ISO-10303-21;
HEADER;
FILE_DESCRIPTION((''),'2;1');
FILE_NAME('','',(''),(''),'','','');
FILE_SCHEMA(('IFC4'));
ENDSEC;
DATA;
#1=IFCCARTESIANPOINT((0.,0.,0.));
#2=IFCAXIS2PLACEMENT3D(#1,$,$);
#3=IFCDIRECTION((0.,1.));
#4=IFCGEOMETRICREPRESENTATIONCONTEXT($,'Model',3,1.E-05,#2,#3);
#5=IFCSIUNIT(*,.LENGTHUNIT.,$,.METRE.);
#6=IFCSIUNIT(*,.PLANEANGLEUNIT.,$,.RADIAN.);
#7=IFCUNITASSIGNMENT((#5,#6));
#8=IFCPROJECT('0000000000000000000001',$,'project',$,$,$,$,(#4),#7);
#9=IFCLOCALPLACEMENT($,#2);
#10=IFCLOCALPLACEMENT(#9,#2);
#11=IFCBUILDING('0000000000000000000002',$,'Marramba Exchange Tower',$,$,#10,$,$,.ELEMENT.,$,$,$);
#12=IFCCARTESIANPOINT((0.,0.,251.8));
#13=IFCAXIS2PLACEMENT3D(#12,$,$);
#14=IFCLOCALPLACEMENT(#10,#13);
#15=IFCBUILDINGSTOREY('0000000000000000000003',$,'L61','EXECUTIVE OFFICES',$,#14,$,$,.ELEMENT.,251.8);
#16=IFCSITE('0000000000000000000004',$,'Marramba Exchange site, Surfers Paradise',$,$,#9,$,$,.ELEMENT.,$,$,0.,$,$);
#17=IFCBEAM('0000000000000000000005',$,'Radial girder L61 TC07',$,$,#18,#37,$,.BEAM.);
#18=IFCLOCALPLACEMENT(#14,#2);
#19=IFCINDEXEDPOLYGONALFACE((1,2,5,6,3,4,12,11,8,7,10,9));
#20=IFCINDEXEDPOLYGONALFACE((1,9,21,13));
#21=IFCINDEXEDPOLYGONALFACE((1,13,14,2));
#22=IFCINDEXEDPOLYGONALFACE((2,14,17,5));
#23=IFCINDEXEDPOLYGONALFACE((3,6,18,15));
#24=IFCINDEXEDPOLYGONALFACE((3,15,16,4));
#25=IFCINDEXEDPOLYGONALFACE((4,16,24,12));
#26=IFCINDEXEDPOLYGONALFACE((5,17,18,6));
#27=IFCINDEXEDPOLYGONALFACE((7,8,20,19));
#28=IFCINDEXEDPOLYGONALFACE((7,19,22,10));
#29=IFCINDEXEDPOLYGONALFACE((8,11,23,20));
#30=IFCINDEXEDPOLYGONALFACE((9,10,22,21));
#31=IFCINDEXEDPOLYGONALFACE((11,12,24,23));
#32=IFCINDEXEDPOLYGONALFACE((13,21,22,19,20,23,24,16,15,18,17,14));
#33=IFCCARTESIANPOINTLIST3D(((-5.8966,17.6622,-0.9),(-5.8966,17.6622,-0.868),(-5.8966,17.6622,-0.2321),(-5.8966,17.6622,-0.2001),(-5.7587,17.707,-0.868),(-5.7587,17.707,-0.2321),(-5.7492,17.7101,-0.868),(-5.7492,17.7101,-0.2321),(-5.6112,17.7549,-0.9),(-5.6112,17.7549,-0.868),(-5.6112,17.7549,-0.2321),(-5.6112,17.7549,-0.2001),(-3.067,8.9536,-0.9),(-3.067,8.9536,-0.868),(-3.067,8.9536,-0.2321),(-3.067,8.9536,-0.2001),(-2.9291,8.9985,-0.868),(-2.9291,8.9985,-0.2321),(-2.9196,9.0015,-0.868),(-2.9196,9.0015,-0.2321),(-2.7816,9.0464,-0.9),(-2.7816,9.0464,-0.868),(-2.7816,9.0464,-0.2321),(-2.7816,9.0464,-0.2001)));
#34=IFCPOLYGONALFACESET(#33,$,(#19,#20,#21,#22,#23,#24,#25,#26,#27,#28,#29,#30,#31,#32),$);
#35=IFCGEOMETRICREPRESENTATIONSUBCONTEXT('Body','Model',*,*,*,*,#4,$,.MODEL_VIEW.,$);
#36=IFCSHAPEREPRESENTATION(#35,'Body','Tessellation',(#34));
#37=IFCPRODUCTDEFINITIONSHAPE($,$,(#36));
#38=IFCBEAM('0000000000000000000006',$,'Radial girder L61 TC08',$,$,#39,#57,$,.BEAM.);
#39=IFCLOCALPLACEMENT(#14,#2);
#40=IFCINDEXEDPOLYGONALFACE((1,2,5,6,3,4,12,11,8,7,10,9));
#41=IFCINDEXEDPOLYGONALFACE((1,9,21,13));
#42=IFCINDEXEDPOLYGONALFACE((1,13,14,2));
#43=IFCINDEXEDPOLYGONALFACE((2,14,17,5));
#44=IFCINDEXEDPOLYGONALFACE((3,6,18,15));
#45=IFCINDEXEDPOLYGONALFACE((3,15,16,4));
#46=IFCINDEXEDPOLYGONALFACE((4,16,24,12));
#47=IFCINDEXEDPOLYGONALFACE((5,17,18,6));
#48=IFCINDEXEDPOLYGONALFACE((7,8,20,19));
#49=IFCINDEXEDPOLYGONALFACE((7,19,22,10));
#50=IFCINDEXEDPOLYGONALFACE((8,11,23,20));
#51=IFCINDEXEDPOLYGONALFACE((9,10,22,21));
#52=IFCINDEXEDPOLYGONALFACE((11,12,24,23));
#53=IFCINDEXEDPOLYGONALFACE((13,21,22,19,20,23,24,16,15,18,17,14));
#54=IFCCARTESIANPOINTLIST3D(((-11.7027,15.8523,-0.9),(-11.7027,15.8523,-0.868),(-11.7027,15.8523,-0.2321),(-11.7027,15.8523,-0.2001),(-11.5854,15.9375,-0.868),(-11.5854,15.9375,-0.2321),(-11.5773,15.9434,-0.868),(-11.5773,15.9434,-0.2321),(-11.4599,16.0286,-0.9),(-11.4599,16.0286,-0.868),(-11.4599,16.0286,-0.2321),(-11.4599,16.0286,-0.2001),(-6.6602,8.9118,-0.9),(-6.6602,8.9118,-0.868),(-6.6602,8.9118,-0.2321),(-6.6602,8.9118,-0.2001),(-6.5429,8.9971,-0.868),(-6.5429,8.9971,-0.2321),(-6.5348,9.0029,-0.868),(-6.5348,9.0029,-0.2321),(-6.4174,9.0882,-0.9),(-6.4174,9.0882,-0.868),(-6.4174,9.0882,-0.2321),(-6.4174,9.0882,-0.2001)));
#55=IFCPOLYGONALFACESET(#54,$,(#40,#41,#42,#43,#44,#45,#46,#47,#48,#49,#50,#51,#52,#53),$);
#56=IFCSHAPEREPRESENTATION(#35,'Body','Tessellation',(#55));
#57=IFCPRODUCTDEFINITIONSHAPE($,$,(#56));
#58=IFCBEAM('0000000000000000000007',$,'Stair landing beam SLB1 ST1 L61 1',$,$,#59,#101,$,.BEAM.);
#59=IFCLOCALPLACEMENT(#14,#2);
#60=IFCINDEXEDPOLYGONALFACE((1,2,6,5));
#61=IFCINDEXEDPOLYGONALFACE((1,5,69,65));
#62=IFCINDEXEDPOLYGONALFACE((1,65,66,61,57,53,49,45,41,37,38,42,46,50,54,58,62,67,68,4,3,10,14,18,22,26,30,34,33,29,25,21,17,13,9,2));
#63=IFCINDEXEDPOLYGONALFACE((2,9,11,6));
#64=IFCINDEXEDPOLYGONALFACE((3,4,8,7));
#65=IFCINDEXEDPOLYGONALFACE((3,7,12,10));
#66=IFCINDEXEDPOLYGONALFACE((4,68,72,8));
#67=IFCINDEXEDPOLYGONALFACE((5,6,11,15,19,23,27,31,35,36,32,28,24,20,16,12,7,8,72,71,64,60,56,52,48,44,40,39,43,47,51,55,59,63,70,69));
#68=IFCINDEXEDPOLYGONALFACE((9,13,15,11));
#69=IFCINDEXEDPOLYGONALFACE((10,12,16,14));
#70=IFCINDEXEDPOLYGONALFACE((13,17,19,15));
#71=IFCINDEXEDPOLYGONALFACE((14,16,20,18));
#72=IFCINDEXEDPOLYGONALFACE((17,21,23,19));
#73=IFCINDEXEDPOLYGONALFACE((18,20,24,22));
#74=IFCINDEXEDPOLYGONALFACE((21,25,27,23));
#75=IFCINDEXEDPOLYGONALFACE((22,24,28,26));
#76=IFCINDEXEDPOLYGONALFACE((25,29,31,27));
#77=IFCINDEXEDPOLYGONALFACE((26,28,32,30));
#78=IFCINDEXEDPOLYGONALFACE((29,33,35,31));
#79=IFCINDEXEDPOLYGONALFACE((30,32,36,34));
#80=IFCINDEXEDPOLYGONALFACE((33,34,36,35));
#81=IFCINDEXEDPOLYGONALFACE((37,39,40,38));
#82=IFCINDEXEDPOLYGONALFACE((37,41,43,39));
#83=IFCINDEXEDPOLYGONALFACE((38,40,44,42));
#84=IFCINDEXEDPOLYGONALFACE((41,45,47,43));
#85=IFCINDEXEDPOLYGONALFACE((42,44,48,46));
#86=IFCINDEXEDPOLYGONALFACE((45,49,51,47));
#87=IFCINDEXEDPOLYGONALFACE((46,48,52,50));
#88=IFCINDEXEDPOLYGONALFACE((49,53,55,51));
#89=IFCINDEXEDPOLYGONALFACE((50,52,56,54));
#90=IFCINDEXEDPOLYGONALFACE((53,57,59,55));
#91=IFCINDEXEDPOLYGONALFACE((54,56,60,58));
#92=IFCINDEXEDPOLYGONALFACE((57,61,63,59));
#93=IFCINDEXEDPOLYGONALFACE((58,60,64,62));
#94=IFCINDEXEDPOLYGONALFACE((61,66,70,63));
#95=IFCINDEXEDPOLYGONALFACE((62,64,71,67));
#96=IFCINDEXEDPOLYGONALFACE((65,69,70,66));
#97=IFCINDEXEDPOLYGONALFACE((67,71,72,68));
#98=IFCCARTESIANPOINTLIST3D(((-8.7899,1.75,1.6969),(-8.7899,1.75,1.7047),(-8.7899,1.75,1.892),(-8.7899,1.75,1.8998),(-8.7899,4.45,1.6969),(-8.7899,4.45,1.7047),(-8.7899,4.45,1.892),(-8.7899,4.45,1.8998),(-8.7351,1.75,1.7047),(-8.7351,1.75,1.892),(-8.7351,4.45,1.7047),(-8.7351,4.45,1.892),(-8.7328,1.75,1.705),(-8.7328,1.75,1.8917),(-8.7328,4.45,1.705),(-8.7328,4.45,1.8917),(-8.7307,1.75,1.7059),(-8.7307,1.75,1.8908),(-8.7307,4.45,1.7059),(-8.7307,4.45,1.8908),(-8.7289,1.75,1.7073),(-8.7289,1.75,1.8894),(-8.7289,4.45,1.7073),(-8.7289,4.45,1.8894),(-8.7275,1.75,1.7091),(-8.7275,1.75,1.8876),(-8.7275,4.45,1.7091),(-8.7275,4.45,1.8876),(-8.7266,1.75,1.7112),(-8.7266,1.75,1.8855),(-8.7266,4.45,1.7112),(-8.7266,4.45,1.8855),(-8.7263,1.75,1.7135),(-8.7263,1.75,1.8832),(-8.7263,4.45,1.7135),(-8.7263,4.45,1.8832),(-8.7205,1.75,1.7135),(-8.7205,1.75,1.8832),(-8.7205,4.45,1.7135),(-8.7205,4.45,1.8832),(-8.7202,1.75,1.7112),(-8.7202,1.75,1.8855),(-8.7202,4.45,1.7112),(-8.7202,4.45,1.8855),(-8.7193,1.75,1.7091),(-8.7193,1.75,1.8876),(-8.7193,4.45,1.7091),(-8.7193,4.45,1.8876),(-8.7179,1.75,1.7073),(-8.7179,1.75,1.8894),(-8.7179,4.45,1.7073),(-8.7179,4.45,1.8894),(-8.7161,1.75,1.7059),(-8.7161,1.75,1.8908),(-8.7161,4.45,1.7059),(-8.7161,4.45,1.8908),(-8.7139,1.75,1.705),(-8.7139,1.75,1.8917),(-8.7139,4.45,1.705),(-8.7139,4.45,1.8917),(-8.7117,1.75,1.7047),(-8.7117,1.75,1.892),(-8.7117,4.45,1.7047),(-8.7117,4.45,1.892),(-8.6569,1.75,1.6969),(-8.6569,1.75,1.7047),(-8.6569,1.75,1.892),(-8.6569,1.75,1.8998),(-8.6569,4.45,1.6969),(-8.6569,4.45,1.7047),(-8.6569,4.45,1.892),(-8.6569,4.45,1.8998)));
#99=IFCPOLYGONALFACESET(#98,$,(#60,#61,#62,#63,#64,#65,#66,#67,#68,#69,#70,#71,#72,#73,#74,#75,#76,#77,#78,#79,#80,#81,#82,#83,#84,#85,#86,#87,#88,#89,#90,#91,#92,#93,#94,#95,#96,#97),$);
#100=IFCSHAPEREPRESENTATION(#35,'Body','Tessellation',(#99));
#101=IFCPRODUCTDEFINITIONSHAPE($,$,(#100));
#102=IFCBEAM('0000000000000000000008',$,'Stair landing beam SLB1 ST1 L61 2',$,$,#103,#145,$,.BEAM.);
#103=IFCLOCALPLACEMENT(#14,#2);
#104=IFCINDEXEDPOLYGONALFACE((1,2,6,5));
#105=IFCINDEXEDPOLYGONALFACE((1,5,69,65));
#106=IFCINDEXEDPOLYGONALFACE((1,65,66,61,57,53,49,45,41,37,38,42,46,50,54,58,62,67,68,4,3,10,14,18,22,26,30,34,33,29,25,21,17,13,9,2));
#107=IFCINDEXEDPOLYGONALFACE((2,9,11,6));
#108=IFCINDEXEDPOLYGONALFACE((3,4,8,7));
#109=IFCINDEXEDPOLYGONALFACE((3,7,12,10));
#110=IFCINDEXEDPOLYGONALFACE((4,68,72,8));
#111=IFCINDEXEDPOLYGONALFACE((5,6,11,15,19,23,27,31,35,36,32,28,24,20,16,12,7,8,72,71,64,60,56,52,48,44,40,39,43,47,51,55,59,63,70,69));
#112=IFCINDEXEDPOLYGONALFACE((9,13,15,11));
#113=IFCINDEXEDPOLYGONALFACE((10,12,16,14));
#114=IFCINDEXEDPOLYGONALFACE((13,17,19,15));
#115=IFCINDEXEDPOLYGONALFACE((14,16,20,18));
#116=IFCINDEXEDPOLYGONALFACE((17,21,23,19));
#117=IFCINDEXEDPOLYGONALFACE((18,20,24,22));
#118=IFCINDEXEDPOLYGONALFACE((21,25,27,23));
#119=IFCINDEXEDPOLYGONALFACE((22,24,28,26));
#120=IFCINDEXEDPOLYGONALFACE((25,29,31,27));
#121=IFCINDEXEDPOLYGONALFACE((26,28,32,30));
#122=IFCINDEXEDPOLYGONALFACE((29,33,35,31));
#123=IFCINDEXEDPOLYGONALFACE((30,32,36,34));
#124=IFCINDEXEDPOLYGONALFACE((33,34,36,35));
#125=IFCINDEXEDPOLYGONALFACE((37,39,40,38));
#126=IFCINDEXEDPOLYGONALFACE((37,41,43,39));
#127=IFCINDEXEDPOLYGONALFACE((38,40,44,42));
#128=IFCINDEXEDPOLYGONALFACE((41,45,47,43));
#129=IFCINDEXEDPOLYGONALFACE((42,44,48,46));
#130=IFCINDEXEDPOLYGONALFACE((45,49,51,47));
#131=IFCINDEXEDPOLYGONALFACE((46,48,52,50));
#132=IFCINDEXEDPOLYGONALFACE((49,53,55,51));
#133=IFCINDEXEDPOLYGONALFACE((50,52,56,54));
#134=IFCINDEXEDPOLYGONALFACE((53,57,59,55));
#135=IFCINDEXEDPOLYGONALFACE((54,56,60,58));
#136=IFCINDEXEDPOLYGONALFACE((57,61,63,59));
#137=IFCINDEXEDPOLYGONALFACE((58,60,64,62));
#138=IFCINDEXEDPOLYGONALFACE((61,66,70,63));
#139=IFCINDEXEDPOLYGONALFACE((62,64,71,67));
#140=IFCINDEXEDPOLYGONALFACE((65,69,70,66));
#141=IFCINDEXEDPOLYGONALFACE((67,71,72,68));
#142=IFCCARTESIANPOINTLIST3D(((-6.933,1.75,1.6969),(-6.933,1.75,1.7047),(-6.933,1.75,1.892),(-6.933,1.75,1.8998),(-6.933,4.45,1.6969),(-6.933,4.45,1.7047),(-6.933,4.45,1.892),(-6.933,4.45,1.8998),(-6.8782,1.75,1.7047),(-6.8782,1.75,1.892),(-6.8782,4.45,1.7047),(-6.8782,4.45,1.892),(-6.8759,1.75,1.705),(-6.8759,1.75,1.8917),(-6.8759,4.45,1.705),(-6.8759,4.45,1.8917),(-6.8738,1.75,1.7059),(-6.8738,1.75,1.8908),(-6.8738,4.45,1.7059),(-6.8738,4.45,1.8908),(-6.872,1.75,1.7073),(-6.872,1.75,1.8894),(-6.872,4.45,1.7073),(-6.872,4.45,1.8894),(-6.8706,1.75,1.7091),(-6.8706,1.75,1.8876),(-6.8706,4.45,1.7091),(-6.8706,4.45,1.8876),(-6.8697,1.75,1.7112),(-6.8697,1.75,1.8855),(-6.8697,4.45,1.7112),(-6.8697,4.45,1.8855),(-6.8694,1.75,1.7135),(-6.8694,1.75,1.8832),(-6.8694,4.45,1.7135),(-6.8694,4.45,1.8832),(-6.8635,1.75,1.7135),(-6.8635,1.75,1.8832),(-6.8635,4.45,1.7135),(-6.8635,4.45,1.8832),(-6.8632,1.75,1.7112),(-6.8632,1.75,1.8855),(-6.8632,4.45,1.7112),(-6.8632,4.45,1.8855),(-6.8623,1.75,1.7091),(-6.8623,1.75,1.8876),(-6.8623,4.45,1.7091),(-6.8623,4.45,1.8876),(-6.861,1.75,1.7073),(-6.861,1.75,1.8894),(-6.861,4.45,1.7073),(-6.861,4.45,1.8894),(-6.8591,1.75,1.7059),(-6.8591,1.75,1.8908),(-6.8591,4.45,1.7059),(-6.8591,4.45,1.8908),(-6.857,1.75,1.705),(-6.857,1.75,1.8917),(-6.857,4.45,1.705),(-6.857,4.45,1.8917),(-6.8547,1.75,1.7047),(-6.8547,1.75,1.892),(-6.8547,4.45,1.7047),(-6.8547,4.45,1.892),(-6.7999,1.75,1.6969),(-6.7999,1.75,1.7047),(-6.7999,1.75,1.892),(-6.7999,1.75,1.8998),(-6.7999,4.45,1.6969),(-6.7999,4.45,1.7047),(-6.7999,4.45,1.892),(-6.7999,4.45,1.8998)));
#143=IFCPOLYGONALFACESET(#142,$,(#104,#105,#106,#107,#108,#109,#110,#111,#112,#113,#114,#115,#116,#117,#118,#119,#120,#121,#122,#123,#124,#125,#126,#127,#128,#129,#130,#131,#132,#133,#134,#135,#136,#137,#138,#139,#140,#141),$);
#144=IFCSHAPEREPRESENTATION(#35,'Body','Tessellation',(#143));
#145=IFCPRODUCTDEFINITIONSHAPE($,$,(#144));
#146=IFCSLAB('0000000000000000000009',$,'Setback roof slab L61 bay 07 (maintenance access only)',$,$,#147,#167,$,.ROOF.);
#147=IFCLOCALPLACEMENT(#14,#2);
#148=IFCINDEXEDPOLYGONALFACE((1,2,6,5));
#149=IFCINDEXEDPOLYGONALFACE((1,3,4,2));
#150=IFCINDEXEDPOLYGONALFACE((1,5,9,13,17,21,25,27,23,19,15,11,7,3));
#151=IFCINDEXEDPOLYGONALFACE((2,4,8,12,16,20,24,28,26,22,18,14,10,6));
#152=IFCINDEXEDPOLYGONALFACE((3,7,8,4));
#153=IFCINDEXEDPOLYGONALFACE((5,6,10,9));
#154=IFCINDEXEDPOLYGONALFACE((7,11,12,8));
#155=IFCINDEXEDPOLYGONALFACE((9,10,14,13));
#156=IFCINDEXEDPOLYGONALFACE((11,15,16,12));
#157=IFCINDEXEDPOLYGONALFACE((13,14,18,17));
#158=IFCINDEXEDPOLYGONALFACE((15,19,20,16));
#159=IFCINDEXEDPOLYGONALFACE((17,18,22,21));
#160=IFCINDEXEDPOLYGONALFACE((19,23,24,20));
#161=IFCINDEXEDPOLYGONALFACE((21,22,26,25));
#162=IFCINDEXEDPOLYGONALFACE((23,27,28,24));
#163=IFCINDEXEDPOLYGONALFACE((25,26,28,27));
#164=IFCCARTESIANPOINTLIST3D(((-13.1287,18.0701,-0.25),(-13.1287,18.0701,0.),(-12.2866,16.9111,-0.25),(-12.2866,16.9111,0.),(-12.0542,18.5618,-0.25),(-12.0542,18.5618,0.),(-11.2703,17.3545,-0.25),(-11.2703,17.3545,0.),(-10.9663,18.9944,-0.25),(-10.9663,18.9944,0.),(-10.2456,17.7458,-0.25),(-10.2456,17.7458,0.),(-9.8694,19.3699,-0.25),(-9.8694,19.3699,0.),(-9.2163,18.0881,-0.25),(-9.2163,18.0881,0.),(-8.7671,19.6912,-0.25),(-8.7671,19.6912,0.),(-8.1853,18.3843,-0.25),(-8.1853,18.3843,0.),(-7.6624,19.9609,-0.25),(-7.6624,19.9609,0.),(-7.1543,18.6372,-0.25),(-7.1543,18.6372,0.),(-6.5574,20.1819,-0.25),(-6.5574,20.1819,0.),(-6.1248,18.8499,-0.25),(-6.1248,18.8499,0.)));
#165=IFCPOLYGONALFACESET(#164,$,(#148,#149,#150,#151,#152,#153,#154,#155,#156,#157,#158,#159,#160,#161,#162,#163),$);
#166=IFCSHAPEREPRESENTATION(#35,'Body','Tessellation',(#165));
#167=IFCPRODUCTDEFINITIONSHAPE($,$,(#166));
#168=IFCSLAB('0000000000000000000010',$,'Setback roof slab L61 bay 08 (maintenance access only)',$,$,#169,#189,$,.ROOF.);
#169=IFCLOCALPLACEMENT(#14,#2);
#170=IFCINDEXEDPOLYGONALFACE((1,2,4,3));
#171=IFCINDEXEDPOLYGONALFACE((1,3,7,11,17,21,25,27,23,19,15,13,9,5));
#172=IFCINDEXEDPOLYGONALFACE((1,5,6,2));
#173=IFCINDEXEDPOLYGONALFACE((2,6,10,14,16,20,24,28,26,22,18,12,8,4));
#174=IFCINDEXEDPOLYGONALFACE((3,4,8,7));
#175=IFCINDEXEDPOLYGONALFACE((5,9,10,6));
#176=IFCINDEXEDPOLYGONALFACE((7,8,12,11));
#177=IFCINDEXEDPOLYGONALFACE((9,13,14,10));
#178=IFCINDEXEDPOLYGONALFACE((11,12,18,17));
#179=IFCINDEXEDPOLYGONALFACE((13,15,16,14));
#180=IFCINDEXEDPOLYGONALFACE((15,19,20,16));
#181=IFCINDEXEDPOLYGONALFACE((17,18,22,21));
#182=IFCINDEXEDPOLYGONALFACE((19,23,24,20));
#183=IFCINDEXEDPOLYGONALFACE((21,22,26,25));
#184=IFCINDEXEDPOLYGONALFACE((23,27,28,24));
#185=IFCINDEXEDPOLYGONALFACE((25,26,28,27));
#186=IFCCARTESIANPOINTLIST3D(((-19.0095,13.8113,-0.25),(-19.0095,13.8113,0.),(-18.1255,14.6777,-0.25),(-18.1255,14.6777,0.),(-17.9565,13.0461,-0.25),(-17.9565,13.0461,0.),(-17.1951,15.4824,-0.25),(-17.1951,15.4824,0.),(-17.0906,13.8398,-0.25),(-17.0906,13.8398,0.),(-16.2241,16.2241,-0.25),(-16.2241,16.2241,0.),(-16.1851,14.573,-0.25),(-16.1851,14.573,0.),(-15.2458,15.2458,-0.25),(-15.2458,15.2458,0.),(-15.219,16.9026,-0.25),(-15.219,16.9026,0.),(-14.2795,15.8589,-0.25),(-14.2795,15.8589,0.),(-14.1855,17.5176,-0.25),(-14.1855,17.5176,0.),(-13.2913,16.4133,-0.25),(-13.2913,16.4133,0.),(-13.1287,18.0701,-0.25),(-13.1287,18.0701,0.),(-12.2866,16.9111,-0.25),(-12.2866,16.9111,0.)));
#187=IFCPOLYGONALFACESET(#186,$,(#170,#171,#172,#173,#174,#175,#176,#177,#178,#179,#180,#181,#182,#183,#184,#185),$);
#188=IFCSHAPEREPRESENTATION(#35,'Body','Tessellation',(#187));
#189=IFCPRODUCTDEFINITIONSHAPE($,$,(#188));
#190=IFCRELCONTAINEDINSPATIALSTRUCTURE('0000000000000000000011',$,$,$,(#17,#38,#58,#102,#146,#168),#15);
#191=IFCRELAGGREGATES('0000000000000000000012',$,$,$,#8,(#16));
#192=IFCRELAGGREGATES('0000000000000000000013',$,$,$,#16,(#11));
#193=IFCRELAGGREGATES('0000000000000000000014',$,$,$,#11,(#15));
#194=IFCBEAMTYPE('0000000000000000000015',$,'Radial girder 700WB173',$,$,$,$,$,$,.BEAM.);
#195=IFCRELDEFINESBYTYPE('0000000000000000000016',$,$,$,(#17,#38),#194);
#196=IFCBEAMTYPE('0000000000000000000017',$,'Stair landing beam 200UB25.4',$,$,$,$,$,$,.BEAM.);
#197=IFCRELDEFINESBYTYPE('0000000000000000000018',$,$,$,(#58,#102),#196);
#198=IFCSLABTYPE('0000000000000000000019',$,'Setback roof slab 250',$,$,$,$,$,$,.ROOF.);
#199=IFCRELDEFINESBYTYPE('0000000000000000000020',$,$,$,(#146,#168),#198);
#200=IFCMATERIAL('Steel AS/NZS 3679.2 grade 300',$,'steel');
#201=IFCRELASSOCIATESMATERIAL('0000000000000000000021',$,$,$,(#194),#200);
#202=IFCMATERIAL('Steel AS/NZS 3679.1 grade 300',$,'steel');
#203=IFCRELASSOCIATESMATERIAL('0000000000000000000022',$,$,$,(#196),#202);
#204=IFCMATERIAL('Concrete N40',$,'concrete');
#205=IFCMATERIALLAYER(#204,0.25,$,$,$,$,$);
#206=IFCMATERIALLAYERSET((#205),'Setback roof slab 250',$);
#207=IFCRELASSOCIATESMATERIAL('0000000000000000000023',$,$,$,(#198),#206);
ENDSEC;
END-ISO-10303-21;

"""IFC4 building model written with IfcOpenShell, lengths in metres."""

from ifc_helpers import new_model, si_unit, direction, frame, origin, origin_2d, place, context, subcontext, project, spatial, polyline, i_section, outline, extrude, material, layer, layer_set, material_profile, profile_set, type_object, element, save


model = new_model("IFC4")

# Units and contexts
model_context = context("Model", 3, precision=1e-05, world=origin(), true_north=direction((0.0, 1.0)))
body_context = subcontext(model_context, "Body", "Model", "MODEL_VIEW")
ifc_project = project(units=[si_unit("LENGTHUNIT", "METRE"), si_unit("PLANEANGLEUNIT", "RADIAN")], contexts=[model_context])

# Site, building, storey
site_placement = place(None, origin())
site = spatial("IfcSite", under=ifc_project, at=site_placement, Name="Marramba Exchange site, Surfers Paradise", CompositionType="ELEMENT", RefElevation=0.0)
building_placement = place(site_placement, origin())
building = spatial("IfcBuilding", under=site, at=building_placement, Name="Marramba Exchange Tower", CompositionType="ELEMENT")
storey_placement = place(building_placement, frame((0.0, 0.0, 251.8)))
storey = spatial("IfcBuildingStorey", under=building, at=storey_placement, Name="L61", Description="EXECUTIVE OFFICES", CompositionType="ELEMENT", Elevation=251.8)

# Beams
ifc_material_1 = material(Name="Steel AS/NZS 3679.2 grade 300", Category="steel")
ifc_material_profile_1 = material_profile(ifc_material_1, i_section(OverallWidth=0.3, OverallDepth=0.7, WebThickness=0.01, FlangeThickness=0.032, at=origin_2d()), Name="700WB173")
ifc_profile_set_1 = profile_set([ifc_material_profile_1], Name="Steel AS/NZS 3679.2 grade 300")
beam_type_1 = type_object("IfcBeamType", Name="Radial girder 700WB173", PredefinedType="BEAM", material=ifc_profile_set_1)
beam_1_placement = place(storey_placement, frame((-2.9243, 9.0, -0.55), z_axis=(-0.30902, 0.951056, 0.0), x_axis=(-0.951056, -0.30902, 0.0)))
element("IfcBeam", 1, at=beam_1_placement, inside=storey, type_object=beam_type_1, Name="Radial girder L61 TC07", PredefinedType="BEAM", context=body_context, shape_type="SweptSolid", body=[
    extrude(i_section(OverallWidth=0.3, OverallDepth=0.7, WebThickness=0.01, FlangeThickness=0.032, at=origin_2d()), origin(), (0.0, 0.0, 1.0), 9.1567),
])
beam_2_placement = place(storey_placement, frame((-6.5388, 9.0, -0.55), z_axis=(-0.587782, 0.809019, 0.0), x_axis=(-0.809019, -0.587782, 0.0)))
element("IfcBeam", 2, at=beam_2_placement, inside=storey, type_object=beam_type_1, Name="Radial girder L61 TC08", PredefinedType="BEAM", context=body_context, shape_type="SweptSolid", body=[
    extrude(i_section(OverallWidth=0.3, OverallDepth=0.7, WebThickness=0.01, FlangeThickness=0.032, at=origin_2d()), origin(), (0.0, 0.0, 1.0), 8.5789),
])
ifc_material_2 = material(Name="Steel AS/NZS 3679.1 grade 300", Category="steel")
ifc_material_profile_2 = material_profile(ifc_material_2, i_section(OverallWidth=0.1331, OverallDepth=0.2029, WebThickness=0.0059, FlangeThickness=0.0078, FilletRadius=0.0088, at=origin_2d()), Name="200UB25.4")
ifc_profile_set_2 = profile_set([ifc_material_profile_2], Name="Steel AS/NZS 3679.1 grade 300")
beam_type_2 = type_object("IfcBeamType", Name="Stair landing beam 200UB25.4", PredefinedType="BEAM", material=ifc_profile_set_2)
for number, where, z_axis, x_axis, name in (
    (3, (-8.7234, 1.75, 1.7983), (0.0, 1.0, 0.0), (-1.0, 0.0, 0.0), "Stair landing beam SLB1 ST1 L61 1"),
    (4, (-6.8665, 1.75, 1.7983), (0.0, 1.0, 0.0), (-1.0, 0.0, 0.0), "Stair landing beam SLB1 ST1 L61 2"),
):
    element("IfcBeam", number, at=place(storey_placement, frame(where, z_axis=z_axis, x_axis=x_axis)), inside=storey, type_object=beam_type_2, Name=name, PredefinedType="BEAM", context=body_context, shape_type="SweptSolid", body=[
        extrude(i_section(OverallWidth=0.1331, OverallDepth=0.2029, WebThickness=0.0059, FlangeThickness=0.0078, FilletRadius=0.0088, at=origin_2d()), origin(), (0.0, 0.0, 1.0), 2.7),
    ])

# Slabs
ifc_material_3 = material(Name="Concrete N40", Category="concrete")
ifc_layer_1 = layer(ifc_material_3, 0.25)
ifc_layer_set_1 = layer_set([ifc_layer_1], Name="Setback roof slab 250")
slab_type = type_object("IfcSlabType", Name="Setback roof slab 250", PredefinedType="ROOF", material=ifc_layer_set_1)
slab_1_placement = place(storey_placement, frame((0.0, 0.0, -0.25)))
element("IfcSlab", 5, at=slab_1_placement, inside=storey, type_object=slab_type, Name="Setback roof slab L61 bay 07 (maintenance access only)", PredefinedType="ROOF", context=body_context, shape_type="SweptSolid", body=[
    extrude(outline(polyline([(-12.0542, 18.5618), (-10.9663, 18.9944), (-9.8694, 19.3699), (-8.7671, 19.6912), (-7.6624, 19.9609), (-6.5574, 20.1819), (-6.1248, 18.8499), (-7.1543, 18.6372), (-8.1853, 18.3843), (-9.2163, 18.0881), (-10.2456, 17.7458), (-11.2703, 17.3545), (-12.2866, 16.9111), (-13.1287, 18.0701), (-12.0542, 18.5618)])), origin(), (0.0, 0.0, 1.0), 0.25),
])
slab_2_placement = place(storey_placement, frame((0.0, 0.0, -0.25)))
element("IfcSlab", 6, at=slab_2_placement, inside=storey, type_object=slab_type, Name="Setback roof slab L61 bay 08 (maintenance access only)", PredefinedType="ROOF", context=body_context, shape_type="SweptSolid", body=[
    extrude(outline(polyline([(-18.1255, 14.6777), (-17.1951, 15.4824), (-16.2241, 16.2241), (-15.219, 16.9026), (-14.1855, 17.5176), (-13.1287, 18.0701), (-12.2866, 16.9111), (-13.2913, 16.4133), (-14.2795, 15.8589), (-15.2458, 15.2458), (-16.1851, 14.573), (-17.0906, 13.8398), (-17.9565, 13.0461), (-19.0095, 13.8113), (-18.1255, 14.6777)])), origin(), (0.0, 0.0, 1.0), 0.25),
])

save(model, "model.ifc")
